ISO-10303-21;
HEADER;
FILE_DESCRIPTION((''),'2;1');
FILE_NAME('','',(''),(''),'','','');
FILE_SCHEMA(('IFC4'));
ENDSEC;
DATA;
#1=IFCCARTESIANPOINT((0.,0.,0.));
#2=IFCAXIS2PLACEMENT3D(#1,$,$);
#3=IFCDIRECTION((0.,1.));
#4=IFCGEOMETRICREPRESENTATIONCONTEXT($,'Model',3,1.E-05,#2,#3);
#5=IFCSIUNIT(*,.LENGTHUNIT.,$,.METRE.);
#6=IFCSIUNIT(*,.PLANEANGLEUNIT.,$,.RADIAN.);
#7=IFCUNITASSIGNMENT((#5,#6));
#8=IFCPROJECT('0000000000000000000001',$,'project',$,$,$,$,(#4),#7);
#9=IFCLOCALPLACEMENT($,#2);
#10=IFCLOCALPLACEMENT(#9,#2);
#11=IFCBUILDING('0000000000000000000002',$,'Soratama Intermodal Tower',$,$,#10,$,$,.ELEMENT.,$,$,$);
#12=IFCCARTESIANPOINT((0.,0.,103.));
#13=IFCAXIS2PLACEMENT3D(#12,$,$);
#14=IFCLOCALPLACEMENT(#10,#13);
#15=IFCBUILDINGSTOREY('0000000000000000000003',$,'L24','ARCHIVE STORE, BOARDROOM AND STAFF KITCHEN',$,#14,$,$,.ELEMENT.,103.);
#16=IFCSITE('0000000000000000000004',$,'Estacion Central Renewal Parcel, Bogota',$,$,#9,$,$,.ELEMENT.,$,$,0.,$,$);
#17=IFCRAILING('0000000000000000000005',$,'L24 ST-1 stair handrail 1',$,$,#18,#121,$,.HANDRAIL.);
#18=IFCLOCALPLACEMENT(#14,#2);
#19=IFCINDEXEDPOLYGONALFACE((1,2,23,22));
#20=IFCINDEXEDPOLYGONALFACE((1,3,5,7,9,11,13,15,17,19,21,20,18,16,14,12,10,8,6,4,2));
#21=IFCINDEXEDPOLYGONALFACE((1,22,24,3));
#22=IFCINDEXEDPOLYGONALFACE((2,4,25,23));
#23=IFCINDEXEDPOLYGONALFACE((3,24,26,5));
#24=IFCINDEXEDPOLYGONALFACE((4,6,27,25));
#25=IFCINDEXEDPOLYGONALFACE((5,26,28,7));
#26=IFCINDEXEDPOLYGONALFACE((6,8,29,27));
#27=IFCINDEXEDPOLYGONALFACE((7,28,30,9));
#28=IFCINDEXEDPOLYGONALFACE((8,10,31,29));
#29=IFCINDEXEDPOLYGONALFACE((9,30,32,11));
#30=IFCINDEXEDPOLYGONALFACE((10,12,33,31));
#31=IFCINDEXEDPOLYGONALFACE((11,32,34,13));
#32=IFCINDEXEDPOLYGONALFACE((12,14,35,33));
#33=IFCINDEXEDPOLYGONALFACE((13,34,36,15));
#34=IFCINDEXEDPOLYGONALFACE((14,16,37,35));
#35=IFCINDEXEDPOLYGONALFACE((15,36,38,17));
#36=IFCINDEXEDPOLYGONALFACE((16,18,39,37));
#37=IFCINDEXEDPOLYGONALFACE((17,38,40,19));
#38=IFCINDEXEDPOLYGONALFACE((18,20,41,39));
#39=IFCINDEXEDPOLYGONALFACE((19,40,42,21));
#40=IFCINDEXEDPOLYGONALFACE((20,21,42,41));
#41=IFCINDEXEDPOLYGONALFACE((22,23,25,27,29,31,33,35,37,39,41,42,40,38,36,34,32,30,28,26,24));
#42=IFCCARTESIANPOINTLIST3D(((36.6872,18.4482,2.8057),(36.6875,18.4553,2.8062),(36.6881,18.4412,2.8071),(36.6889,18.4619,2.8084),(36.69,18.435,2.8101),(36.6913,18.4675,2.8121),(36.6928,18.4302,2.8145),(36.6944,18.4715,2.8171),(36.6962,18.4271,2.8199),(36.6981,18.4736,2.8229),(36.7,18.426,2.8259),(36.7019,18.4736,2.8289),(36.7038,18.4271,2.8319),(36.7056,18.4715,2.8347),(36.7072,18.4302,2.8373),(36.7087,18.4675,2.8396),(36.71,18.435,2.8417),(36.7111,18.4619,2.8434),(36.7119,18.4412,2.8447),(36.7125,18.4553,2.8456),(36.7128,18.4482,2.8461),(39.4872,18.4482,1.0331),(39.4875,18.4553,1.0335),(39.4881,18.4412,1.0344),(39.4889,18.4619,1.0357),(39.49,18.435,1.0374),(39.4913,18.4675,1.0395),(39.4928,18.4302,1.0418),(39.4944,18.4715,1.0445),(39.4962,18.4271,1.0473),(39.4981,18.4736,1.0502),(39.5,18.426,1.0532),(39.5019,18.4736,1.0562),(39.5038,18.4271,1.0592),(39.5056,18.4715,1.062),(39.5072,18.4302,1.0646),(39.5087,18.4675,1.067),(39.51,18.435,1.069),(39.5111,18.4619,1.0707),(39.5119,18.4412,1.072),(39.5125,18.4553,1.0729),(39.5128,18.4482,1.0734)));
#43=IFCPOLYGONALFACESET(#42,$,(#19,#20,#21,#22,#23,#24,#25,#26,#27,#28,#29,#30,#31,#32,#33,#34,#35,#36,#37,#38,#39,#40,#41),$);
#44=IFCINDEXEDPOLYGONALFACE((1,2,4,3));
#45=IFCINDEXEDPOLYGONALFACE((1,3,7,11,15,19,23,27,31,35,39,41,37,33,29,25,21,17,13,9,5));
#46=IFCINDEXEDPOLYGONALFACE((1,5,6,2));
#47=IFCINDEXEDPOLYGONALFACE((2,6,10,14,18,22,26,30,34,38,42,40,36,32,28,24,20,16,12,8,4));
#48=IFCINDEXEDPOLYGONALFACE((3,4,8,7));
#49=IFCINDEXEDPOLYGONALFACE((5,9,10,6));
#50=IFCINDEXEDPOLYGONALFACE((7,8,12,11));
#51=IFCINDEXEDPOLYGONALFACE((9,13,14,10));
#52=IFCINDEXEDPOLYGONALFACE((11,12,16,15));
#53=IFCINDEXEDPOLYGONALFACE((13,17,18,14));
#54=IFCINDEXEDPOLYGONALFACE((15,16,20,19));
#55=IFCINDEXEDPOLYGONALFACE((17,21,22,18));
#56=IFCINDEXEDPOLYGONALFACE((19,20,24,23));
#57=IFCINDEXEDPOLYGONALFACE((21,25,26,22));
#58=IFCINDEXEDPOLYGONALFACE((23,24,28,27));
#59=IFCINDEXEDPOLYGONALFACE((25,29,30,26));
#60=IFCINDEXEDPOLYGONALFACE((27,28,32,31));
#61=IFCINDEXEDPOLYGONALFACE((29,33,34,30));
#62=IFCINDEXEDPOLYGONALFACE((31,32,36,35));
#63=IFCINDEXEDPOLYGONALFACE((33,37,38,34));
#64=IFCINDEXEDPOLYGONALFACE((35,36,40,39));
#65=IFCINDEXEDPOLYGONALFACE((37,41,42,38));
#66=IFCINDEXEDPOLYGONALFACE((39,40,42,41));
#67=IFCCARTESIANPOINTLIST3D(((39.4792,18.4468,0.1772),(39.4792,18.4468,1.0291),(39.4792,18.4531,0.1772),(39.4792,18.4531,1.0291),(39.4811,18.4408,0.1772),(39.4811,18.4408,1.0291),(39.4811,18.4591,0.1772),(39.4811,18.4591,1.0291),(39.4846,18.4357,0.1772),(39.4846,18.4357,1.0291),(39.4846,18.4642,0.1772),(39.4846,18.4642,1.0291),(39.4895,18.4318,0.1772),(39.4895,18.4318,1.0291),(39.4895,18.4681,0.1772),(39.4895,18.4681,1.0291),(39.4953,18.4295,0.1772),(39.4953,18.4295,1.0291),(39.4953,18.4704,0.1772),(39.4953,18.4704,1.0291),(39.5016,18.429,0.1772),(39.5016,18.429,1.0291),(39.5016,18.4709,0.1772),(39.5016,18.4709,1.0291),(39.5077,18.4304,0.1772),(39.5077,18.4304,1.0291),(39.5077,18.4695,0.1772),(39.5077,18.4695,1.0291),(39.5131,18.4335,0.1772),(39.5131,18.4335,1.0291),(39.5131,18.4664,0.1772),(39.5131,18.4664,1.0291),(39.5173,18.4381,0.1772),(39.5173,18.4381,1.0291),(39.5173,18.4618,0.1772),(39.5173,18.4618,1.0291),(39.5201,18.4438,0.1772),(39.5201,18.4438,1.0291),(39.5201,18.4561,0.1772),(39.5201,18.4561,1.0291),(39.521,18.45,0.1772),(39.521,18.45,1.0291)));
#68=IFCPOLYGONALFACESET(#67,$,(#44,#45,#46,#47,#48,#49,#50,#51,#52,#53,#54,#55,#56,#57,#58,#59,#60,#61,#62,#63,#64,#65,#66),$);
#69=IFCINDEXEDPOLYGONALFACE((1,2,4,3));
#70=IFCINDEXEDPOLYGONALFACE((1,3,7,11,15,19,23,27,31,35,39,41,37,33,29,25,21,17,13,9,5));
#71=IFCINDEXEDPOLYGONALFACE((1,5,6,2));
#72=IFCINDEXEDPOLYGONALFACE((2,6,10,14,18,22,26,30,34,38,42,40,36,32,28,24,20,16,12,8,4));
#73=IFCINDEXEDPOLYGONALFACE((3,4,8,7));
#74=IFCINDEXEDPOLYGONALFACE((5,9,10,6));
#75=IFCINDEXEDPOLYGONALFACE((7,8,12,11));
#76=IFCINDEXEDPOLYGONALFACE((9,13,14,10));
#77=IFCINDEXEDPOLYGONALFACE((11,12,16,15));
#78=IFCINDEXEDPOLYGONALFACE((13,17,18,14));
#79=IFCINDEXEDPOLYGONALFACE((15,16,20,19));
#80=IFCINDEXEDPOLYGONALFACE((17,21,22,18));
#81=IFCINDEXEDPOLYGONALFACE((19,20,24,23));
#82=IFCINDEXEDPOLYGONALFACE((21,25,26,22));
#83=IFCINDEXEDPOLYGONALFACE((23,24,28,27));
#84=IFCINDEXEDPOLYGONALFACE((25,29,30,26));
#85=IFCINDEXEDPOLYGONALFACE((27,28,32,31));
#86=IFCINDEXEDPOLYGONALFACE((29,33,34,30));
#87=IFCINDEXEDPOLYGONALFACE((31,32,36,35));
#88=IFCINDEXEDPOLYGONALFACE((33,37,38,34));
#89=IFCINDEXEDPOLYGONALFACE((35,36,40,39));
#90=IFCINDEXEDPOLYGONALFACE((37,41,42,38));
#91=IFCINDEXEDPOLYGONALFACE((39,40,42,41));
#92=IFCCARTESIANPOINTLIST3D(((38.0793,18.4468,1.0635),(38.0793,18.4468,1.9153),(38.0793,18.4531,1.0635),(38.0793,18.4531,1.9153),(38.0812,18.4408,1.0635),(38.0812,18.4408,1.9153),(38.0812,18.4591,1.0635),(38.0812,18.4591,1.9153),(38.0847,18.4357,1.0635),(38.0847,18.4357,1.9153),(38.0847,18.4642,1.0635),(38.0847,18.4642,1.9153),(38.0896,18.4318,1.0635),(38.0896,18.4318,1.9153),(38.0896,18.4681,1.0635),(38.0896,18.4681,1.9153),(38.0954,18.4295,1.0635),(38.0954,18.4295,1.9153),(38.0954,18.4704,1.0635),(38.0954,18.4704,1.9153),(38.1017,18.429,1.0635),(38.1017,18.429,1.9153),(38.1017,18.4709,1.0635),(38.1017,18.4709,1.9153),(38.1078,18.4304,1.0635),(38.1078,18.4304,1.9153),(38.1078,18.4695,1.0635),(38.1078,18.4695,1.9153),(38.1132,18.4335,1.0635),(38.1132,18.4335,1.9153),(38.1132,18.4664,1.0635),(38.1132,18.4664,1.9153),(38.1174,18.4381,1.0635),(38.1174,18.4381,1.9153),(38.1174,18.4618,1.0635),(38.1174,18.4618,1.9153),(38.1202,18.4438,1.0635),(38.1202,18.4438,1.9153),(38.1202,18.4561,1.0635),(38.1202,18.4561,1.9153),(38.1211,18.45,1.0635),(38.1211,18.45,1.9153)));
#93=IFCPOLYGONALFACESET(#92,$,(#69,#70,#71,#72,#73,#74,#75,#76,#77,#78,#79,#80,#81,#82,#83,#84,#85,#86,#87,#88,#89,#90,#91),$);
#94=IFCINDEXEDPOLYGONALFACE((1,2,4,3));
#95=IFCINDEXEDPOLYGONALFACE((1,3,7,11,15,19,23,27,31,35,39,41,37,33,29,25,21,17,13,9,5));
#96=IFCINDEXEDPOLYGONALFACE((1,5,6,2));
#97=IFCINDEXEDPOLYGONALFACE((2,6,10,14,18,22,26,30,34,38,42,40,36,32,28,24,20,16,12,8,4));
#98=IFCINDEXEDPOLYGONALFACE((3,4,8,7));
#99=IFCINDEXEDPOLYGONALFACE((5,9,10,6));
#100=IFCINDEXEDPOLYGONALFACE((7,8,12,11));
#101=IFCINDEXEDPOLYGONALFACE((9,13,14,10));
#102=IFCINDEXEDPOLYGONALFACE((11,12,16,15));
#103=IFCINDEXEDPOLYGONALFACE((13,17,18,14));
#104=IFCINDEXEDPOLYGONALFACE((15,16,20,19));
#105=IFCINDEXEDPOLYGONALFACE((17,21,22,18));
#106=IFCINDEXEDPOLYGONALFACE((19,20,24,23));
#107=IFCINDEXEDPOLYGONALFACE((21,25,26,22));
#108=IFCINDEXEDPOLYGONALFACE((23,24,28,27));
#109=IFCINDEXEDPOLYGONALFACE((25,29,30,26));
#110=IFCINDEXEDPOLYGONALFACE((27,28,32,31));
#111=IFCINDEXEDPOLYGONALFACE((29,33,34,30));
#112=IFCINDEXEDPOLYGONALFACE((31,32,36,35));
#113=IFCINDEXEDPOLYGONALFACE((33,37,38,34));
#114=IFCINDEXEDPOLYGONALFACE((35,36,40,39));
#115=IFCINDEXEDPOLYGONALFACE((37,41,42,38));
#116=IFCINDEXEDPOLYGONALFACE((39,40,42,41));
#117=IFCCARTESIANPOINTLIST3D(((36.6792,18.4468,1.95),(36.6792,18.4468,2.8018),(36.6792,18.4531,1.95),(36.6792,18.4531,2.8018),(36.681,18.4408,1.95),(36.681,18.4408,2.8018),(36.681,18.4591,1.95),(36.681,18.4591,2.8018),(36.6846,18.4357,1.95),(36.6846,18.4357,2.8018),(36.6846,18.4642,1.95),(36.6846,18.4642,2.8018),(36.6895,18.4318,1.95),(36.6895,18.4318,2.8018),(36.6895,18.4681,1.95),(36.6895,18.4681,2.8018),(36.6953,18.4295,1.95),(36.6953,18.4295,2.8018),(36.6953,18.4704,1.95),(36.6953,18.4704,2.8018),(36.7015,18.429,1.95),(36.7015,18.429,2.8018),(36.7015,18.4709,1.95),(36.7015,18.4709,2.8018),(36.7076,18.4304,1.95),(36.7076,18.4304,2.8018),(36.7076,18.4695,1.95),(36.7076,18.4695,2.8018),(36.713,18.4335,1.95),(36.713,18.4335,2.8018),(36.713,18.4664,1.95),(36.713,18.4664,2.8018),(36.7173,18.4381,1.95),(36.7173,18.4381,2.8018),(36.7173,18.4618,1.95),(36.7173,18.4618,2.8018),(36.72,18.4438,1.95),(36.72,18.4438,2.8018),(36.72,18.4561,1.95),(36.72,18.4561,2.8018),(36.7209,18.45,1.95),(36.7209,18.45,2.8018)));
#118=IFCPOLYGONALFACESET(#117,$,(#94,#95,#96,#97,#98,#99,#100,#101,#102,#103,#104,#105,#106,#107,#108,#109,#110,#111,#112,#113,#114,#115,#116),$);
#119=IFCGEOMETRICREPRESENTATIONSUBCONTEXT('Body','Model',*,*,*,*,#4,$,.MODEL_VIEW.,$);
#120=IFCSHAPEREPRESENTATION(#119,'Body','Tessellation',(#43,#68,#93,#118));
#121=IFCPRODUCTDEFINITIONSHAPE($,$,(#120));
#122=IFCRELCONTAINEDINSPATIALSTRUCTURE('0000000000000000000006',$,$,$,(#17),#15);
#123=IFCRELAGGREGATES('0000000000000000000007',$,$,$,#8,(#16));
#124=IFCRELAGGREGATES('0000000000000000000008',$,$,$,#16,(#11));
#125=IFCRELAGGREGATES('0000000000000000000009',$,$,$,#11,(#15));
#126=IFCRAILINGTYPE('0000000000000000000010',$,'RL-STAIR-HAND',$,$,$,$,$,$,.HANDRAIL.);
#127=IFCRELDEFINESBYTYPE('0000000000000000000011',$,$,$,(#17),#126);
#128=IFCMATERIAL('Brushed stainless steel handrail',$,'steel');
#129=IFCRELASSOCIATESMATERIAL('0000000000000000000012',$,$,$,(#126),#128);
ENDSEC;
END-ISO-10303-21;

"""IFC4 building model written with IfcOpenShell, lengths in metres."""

from ifc_helpers import new_model, si_unit, direction, frame, origin, origin_2d, place, context, subcontext, project, spatial, circle, extrude, material, type_object, element, save


model = new_model("IFC4")

# Units and contexts
model_context = context("Model", 3, precision=1e-05, world=origin(), true_north=direction((0.0, 1.0)))
body_context = subcontext(model_context, "Body", "Model", "MODEL_VIEW")
ifc_project = project(units=[si_unit("LENGTHUNIT", "METRE"), si_unit("PLANEANGLEUNIT", "RADIAN")], contexts=[model_context])

# Site, building, storey
site_placement = place(None, origin())
site = spatial("IfcSite", under=ifc_project, at=site_placement, Name="Estacion Central Renewal Parcel, Bogota", CompositionType="ELEMENT", RefElevation=0.0)
building_placement = place(site_placement, origin())
building = spatial("IfcBuilding", under=site, at=building_placement, Name="Soratama Intermodal Tower", CompositionType="ELEMENT")
storey_placement = place(building_placement, frame((0.0, 0.0, 103.0)))
storey = spatial("IfcBuildingStorey", under=building, at=storey_placement, Name="L24", Description="ARCHIVE STORE, BOARDROOM AND STAFF KITCHEN", CompositionType="ELEMENT", Elevation=103.0)

# Railing
ifc_material_1 = material(Name="Brushed stainless steel handrail", Category="steel")
railing_type_1 = type_object("IfcRailingType", Name="RL-STAIR-HAND", PredefinedType="HANDRAIL", material=ifc_material_1)
railing_1_placement = place(storey_placement, frame((39.5, 18.45, 0.1772)))
element("IfcRailing", 1, at=railing_1_placement, inside=storey, type_object=railing_type_1, Name="L24 ST-1 stair handrail 1", PredefinedType="HANDRAIL", context=body_context, shape_type="SweptSolid", body=[
    extrude(circle(Radius=0.0239, at=origin_2d()), frame((0.0, 0.0, 0.876), z_axis=(-0.844909, 0.0, 0.53491), x_axis=(0.0, -1.0, 0.0)), (0.0, 0.0, 1.0), 3.314),
    extrude(circle(Radius=0.021, at=origin_2d()), origin(), (0.0, 0.0, 1.0), 0.8518),
    extrude(circle(Radius=0.021, at=origin_2d()), frame((-1.3999, 0.0, 0.8862)), (0.0, 0.0, 1.0), 0.8518),
    extrude(circle(Radius=0.021, at=origin_2d()), frame((-2.8, 0.0, 1.7727)), (0.0, 0.0, 1.0), 0.8518),
])

save(model, "model.ifc")
